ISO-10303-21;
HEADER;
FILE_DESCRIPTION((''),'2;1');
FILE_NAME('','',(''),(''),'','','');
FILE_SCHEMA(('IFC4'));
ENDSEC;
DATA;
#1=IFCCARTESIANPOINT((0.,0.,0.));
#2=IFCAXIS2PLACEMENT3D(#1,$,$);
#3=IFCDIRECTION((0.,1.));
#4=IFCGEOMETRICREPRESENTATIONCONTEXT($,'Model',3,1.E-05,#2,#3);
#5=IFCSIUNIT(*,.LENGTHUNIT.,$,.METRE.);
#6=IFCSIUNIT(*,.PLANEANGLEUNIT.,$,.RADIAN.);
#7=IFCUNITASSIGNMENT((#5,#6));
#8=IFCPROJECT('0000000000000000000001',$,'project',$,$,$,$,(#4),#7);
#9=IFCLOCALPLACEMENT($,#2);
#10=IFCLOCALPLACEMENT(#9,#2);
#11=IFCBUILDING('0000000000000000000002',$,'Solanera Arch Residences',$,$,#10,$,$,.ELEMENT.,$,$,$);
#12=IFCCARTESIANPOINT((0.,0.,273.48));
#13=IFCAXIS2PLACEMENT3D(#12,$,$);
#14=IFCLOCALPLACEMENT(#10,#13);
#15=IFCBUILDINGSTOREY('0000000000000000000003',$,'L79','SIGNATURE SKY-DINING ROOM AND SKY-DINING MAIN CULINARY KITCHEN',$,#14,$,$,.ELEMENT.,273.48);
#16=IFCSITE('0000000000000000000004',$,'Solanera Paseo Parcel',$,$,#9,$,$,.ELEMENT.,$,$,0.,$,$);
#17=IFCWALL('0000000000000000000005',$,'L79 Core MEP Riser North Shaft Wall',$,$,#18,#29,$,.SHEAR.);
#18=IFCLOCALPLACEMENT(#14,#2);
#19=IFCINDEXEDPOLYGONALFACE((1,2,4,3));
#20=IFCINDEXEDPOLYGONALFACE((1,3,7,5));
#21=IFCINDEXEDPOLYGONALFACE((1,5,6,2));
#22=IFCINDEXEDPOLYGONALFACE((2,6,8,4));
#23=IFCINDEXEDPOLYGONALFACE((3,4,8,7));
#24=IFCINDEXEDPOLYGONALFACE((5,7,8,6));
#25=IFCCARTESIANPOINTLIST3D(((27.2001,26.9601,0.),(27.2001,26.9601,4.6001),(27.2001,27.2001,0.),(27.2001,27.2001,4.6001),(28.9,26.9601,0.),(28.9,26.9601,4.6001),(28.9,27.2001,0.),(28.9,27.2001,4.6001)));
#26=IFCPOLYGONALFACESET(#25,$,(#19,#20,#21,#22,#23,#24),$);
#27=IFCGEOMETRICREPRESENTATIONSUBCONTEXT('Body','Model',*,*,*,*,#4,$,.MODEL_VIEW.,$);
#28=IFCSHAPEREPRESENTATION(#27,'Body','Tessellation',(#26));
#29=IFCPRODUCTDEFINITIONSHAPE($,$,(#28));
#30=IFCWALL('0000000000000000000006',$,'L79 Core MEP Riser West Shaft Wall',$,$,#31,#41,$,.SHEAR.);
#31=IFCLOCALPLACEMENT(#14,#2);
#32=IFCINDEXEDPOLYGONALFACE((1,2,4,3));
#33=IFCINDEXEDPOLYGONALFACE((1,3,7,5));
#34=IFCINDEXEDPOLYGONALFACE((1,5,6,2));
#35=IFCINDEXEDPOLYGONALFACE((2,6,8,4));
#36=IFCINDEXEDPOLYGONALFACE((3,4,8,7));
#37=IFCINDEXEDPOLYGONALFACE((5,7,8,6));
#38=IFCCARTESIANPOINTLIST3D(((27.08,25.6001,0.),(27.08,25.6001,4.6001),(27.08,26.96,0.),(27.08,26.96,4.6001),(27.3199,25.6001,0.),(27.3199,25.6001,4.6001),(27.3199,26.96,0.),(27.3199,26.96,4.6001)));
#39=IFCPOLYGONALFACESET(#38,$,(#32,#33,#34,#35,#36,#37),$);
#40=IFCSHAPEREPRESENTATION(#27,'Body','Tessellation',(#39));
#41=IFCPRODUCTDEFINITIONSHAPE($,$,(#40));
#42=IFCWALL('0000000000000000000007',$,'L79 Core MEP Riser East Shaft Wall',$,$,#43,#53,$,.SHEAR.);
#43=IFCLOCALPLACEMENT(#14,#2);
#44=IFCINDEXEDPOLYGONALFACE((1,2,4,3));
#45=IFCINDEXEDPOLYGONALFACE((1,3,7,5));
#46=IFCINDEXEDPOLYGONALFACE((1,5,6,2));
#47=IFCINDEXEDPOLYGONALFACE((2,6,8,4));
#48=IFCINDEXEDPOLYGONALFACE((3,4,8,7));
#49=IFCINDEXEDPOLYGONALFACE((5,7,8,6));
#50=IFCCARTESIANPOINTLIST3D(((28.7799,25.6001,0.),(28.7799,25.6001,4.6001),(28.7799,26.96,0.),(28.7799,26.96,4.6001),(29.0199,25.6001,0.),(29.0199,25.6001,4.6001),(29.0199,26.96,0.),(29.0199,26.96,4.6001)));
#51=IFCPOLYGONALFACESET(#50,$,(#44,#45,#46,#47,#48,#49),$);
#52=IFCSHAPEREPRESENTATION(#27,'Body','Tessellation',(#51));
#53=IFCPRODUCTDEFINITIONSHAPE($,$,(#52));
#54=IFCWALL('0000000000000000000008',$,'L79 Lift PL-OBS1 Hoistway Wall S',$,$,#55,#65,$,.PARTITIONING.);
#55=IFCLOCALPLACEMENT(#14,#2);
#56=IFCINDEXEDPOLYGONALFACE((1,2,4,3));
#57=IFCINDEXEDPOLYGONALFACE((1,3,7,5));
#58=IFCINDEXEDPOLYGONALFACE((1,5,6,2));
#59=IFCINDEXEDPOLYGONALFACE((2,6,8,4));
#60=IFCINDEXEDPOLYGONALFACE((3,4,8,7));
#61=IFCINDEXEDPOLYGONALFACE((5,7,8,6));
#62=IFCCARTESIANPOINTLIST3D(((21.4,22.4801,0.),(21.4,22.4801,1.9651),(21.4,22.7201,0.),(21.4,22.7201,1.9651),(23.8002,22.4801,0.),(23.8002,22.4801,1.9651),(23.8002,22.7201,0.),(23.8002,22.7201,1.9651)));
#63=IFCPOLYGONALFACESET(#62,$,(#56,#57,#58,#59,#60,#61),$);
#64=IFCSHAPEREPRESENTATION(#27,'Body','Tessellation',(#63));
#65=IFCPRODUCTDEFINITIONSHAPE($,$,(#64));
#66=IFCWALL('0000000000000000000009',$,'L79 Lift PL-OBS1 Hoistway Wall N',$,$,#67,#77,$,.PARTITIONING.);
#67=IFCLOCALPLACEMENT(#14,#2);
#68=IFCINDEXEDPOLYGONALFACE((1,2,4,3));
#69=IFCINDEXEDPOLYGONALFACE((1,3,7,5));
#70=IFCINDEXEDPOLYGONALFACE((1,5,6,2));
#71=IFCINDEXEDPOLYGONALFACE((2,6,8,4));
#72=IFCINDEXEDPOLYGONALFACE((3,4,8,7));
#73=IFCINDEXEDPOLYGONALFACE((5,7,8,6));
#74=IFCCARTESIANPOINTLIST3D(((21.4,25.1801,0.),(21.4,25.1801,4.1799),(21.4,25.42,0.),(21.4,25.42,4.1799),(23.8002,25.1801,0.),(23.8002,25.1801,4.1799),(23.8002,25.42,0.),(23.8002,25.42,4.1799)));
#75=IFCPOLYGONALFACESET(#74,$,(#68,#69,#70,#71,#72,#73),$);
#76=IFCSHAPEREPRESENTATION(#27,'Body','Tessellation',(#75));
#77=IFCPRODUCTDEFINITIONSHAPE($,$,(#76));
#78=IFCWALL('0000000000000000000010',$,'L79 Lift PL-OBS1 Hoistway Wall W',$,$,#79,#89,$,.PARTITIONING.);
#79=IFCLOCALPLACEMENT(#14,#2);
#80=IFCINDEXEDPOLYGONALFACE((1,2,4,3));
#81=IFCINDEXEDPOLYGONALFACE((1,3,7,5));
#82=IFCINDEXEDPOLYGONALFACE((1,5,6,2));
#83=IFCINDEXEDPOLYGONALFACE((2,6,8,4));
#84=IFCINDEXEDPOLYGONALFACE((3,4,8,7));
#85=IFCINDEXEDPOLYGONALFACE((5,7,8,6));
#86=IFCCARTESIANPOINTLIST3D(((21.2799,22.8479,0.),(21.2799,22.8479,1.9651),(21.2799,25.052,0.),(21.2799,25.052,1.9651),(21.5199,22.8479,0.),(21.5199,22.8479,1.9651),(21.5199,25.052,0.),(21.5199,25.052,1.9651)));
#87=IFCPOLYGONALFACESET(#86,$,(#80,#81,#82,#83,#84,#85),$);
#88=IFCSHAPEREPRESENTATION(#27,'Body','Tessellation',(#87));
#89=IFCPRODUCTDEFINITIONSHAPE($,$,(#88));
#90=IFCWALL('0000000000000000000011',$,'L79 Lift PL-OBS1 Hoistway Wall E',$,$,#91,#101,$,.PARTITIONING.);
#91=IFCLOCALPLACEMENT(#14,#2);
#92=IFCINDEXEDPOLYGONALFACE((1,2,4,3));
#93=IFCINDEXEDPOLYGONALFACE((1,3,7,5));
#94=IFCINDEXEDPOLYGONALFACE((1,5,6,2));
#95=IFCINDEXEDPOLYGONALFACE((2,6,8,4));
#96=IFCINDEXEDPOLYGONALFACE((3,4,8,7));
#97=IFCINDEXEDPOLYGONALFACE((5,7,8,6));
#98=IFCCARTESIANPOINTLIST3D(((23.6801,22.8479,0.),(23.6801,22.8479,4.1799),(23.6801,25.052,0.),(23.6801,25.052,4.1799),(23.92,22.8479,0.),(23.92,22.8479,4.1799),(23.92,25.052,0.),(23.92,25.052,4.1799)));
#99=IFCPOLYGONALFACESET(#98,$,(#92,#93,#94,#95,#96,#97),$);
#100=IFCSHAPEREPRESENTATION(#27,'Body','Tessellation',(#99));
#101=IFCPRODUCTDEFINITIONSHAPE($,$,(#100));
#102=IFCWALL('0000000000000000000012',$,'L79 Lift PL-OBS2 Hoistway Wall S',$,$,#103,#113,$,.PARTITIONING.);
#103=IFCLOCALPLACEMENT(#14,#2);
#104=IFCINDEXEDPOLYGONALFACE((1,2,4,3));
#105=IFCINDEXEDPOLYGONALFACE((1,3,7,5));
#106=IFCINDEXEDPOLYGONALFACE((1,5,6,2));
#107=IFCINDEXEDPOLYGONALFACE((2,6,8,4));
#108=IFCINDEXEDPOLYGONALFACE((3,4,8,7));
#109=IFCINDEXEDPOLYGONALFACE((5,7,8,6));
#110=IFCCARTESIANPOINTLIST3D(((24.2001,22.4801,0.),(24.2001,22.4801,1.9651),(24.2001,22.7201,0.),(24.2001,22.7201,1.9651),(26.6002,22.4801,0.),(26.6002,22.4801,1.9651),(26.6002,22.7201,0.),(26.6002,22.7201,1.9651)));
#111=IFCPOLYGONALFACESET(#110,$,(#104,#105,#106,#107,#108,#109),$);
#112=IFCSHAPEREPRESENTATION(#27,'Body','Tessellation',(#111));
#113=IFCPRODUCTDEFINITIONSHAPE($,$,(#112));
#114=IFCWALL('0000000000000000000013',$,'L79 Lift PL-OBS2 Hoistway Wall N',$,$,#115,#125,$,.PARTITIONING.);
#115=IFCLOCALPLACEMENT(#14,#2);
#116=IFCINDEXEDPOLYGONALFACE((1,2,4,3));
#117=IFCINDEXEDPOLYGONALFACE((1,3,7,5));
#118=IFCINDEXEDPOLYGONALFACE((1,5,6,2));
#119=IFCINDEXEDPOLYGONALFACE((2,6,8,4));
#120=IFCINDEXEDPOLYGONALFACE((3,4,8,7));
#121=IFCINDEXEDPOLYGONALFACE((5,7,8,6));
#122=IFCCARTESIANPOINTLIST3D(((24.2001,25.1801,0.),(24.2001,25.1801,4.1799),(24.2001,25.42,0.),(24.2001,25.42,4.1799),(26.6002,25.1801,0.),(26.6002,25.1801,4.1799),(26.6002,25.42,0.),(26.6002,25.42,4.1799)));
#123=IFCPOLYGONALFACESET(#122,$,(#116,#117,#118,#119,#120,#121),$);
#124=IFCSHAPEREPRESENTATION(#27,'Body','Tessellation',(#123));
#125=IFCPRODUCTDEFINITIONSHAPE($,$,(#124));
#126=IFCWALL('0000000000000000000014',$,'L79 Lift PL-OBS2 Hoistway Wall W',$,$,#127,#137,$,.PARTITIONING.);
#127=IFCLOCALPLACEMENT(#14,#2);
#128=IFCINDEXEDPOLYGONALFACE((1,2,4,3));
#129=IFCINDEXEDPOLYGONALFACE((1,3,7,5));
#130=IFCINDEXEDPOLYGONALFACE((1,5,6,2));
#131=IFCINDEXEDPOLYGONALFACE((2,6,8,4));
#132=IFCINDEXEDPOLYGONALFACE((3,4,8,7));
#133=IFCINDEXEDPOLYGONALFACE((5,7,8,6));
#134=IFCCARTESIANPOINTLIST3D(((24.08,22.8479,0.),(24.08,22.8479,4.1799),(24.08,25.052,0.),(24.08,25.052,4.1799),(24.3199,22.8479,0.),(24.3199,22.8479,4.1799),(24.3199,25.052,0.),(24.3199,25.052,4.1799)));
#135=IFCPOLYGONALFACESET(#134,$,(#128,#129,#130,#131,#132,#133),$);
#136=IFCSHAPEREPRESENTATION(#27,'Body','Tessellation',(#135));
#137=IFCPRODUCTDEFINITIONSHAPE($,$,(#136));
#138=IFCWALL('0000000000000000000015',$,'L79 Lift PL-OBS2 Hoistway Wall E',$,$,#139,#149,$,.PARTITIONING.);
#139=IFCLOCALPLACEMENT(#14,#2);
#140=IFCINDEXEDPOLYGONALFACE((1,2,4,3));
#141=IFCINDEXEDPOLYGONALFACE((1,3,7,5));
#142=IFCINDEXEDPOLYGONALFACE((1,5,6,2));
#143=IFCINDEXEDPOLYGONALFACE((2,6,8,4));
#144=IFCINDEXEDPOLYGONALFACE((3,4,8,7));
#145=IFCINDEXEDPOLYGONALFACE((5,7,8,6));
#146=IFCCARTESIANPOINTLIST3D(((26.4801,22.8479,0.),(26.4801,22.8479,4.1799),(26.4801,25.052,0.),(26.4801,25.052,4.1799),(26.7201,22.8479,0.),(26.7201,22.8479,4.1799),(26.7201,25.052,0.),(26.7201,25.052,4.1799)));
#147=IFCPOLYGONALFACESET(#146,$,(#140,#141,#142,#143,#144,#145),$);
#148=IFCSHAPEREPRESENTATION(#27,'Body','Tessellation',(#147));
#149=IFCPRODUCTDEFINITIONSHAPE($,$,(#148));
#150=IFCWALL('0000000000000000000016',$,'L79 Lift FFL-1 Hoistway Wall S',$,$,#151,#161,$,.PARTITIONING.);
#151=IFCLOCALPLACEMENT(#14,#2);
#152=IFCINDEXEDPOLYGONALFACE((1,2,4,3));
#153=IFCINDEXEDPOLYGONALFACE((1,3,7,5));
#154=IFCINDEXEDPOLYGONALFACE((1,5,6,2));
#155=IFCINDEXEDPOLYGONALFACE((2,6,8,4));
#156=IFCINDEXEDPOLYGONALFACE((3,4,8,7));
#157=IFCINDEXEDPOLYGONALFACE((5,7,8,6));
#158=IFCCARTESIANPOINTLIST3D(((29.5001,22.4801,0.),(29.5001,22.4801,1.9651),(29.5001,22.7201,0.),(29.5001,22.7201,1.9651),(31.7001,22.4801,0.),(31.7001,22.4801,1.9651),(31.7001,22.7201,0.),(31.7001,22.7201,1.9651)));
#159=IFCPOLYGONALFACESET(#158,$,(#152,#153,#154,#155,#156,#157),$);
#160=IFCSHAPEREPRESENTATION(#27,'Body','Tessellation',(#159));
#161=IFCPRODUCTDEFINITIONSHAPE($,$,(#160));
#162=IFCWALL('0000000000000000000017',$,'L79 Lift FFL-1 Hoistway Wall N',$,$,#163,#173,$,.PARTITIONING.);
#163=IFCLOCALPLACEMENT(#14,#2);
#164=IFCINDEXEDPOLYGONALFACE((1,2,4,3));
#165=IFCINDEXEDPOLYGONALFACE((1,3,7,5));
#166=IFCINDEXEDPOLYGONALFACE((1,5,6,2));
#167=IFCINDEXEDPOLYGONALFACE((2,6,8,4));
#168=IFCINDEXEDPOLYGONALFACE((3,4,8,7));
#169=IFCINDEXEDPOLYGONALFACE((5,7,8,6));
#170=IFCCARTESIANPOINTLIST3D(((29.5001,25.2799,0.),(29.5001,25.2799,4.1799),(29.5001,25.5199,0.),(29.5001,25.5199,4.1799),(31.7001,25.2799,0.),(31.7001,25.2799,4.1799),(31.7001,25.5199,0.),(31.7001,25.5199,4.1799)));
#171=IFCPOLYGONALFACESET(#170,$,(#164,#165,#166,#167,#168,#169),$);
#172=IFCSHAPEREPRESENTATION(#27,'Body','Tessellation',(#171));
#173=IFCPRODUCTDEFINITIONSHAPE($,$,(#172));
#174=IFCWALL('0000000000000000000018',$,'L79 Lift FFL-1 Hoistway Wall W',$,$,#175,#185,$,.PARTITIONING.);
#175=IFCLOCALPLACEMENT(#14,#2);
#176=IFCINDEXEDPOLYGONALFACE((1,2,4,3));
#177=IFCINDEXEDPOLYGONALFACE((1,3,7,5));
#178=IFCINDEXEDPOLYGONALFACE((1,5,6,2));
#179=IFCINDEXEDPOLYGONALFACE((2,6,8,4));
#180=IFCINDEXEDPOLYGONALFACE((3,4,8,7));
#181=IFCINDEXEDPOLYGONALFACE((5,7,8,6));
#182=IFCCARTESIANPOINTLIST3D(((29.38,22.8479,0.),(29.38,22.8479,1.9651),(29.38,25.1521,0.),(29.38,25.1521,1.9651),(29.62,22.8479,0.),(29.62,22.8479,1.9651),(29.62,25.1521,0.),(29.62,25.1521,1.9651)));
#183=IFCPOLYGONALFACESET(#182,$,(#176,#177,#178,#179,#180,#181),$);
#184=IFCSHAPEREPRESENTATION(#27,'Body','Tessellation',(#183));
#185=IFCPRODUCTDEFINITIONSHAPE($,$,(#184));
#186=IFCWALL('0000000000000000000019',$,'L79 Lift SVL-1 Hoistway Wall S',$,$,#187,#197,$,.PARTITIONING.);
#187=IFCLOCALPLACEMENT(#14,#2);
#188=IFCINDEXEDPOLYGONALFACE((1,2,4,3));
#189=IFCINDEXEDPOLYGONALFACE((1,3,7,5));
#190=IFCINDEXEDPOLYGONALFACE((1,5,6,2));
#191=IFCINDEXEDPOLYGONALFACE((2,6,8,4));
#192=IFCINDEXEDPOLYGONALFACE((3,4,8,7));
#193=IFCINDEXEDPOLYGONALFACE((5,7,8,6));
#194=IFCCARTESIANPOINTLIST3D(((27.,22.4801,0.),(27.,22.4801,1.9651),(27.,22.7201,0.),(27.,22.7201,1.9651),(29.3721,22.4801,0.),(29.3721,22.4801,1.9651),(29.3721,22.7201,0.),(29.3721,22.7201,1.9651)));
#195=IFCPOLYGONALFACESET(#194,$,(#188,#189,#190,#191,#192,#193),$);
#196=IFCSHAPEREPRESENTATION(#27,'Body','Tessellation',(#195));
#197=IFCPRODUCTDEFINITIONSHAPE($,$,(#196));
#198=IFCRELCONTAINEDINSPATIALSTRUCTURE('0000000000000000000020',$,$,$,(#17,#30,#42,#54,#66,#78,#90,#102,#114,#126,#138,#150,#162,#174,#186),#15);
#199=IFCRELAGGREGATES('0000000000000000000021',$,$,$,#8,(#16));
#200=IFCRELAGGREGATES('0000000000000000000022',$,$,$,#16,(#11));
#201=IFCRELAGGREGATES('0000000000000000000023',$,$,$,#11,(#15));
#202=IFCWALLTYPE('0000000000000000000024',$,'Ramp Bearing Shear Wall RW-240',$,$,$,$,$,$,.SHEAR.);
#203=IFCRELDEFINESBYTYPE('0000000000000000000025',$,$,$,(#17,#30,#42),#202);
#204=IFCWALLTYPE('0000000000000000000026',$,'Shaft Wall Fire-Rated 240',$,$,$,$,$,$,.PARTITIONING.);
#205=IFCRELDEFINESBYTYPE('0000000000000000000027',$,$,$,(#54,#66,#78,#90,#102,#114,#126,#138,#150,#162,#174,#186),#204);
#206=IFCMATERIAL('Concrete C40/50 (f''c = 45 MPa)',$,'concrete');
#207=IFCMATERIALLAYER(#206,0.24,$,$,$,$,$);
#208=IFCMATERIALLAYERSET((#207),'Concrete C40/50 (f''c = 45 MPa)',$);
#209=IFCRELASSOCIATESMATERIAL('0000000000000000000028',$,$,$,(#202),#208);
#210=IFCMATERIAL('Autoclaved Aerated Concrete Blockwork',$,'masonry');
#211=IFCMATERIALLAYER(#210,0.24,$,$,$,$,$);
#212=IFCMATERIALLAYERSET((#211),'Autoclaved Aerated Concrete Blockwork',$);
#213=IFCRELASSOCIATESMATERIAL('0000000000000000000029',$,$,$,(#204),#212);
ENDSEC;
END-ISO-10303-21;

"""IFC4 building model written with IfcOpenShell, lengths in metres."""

from ifc_helpers import new_model, si_unit, direction, frame, frame_2d, origin, place, context, subcontext, project, spatial, rectangle, extrude, material, layer, layer_set, type_object, element, save


model = new_model("IFC4")

# Units and contexts
model_context = context("Model", 3, precision=1e-05, world=origin(), true_north=direction((0.0, 1.0)))
body_context = subcontext(model_context, "Body", "Model", "MODEL_VIEW")
ifc_project = project(units=[si_unit("LENGTHUNIT", "METRE"), si_unit("PLANEANGLEUNIT", "RADIAN")], contexts=[model_context])

# Site, building, storey
site_placement = place(None, origin())
site = spatial("IfcSite", under=ifc_project, at=site_placement, Name="Solanera Paseo Parcel", CompositionType="ELEMENT", RefElevation=0.0)
building_placement = place(site_placement, origin())
building = spatial("IfcBuilding", under=site, at=building_placement, Name="Solanera Arch Residences", CompositionType="ELEMENT")
storey_placement = place(building_placement, frame((0.0, 0.0, 273.48)))
storey = spatial("IfcBuildingStorey", under=building, at=storey_placement, Name="L79", Description="SIGNATURE SKY-DINING ROOM AND SKY-DINING MAIN CULINARY KITCHEN", CompositionType="ELEMENT", Elevation=273.48)

# Walls
ifc_material_1 = material(Name="Concrete C40/50 (f'c = 45 MPa)", Category="concrete")
ifc_layer_1 = layer(ifc_material_1, 0.24)
ifc_layer_set_1 = layer_set([ifc_layer_1], Name="Concrete C40/50 (f'c = 45 MPa)")
wall_type_1 = type_object("IfcWallType", Name="Ramp Bearing Shear Wall RW-240", PredefinedType="SHEAR", material=ifc_layer_set_1)
for number, where, z_axis, x_axis, name in (
    (1, (27.2, 27.0801, 0.0), (0.0, 0.0, 1.0), (1.0, 0.0, 0.0), "L79 Core MEP Riser North Shaft Wall"),
):
    element("IfcWall", number, at=place(storey_placement, frame(where, z_axis=z_axis, x_axis=x_axis)), inside=storey, type_object=wall_type_1, Name=name, PredefinedType="SHEAR", context=body_context, shape_type="SweptSolid", body=[
        extrude(rectangle(XDim=1.7, YDim=0.24, at=frame_2d((0.8501, 0.0))), origin(), (0.0, 0.0, 1.0), 4.6001),
    ])
for number, where, z_axis, x_axis, name in (
    (2, (27.2, 25.6001, 0.0), (0.0, 0.0, 1.0), (0.0, 1.0, 0.0), "L79 Core MEP Riser West Shaft Wall"),
    (3, (28.8999, 25.6001, 0.0), (0.0, 0.0, 1.0), (0.0, 1.0, 0.0), "L79 Core MEP Riser East Shaft Wall"),
):
    element("IfcWall", number, at=place(storey_placement, frame(where, z_axis=z_axis, x_axis=x_axis)), inside=storey, type_object=wall_type_1, Name=name, PredefinedType="SHEAR", context=body_context, shape_type="SweptSolid", body=[
        extrude(rectangle(XDim=1.3599, YDim=0.24, at=frame_2d((0.6799, 0.0))), origin(), (0.0, 0.0, 1.0), 4.6001),
    ])
ifc_material_2 = material(Name="Autoclaved Aerated Concrete Blockwork", Category="masonry")
ifc_layer_2 = layer(ifc_material_2, 0.24)
ifc_layer_set_2 = layer_set([ifc_layer_2], Name="Autoclaved Aerated Concrete Blockwork")
wall_type_2 = type_object("IfcWallType", Name="Shaft Wall Fire-Rated 240", PredefinedType="PARTITIONING", material=ifc_layer_set_2)
wall_1_placement = place(storey_placement, frame((21.3999, 22.6001, 0.0), z_axis=(0.0, 0.0, 1.0), x_axis=(1.0, 0.0, 0.0)))
element("IfcWall", 4, at=wall_1_placement, inside=storey, type_object=wall_type_2, Name="L79 Lift PL-OBS1 Hoistway Wall S", PredefinedType="PARTITIONING", context=body_context, shape_type="SweptSolid", body=[
    extrude(rectangle(XDim=2.4001, YDim=0.24, at=frame_2d((1.2002, 0.0))), origin(), (0.0, 0.0, 1.0), 1.9651),
])
wall_2_placement = place(storey_placement, frame((21.3999, 25.3, 0.0), z_axis=(0.0, 0.0, 1.0), x_axis=(1.0, 0.0, 0.0)))
element("IfcWall", 5, at=wall_2_placement, inside=storey, type_object=wall_type_2, Name="L79 Lift PL-OBS1 Hoistway Wall N", PredefinedType="PARTITIONING", context=body_context, shape_type="SweptSolid", body=[
    extrude(rectangle(XDim=2.4001, YDim=0.24, at=frame_2d((1.2002, 0.0))), origin(), (0.0, 0.0, 1.0), 4.1799),
])
wall_3_placement = place(storey_placement, frame((21.3999, 22.8479, 0.0), z_axis=(0.0, 0.0, 1.0), x_axis=(0.0, 1.0, 0.0)))
element("IfcWall", 6, at=wall_3_placement, inside=storey, type_object=wall_type_2, Name="L79 Lift PL-OBS1 Hoistway Wall W", PredefinedType="PARTITIONING", context=body_context, shape_type="SweptSolid", body=[
    extrude(rectangle(XDim=2.2041, YDim=0.24, at=frame_2d((1.1021, 0.0))), origin(), (0.0, 0.0, 1.0), 1.9651),
])
wall_4_placement = place(storey_placement, frame((23.8, 22.8479, 0.0), z_axis=(0.0, 0.0, 1.0), x_axis=(0.0, 1.0, 0.0)))
element("IfcWall", 7, at=wall_4_placement, inside=storey, type_object=wall_type_2, Name="L79 Lift PL-OBS1 Hoistway Wall E", PredefinedType="PARTITIONING", context=body_context, shape_type="SweptSolid", body=[
    extrude(rectangle(XDim=2.2041, YDim=0.24, at=frame_2d((1.1021, 0.0))), origin(), (0.0, 0.0, 1.0), 4.1799),
])
wall_5_placement = place(storey_placement, frame((24.2, 22.6001, 0.0), z_axis=(0.0, 0.0, 1.0), x_axis=(1.0, 0.0, 0.0)))
element("IfcWall", 8, at=wall_5_placement, inside=storey, type_object=wall_type_2, Name="L79 Lift PL-OBS2 Hoistway Wall S", PredefinedType="PARTITIONING", context=body_context, shape_type="SweptSolid", body=[
    extrude(rectangle(XDim=2.4001, YDim=0.24, at=frame_2d((1.2002, 0.0))), origin(), (0.0, 0.0, 1.0), 1.9651),
])
wall_6_placement = place(storey_placement, frame((24.2, 25.3, 0.0), z_axis=(0.0, 0.0, 1.0), x_axis=(1.0, 0.0, 0.0)))
element("IfcWall", 9, at=wall_6_placement, inside=storey, type_object=wall_type_2, Name="L79 Lift PL-OBS2 Hoistway Wall N", PredefinedType="PARTITIONING", context=body_context, shape_type="SweptSolid", body=[
    extrude(rectangle(XDim=2.4001, YDim=0.24, at=frame_2d((1.2002, 0.0))), origin(), (0.0, 0.0, 1.0), 4.1799),
])
for number, where, z_axis, x_axis, name in (
    (10, (24.2, 22.8479, 0.0), (0.0, 0.0, 1.0), (0.0, 1.0, 0.0), "L79 Lift PL-OBS2 Hoistway Wall W"),
    (11, (26.6001, 22.8479, 0.0), (0.0, 0.0, 1.0), (0.0, 1.0, 0.0), "L79 Lift PL-OBS2 Hoistway Wall E"),
):
    element("IfcWall", number, at=place(storey_placement, frame(where, z_axis=z_axis, x_axis=x_axis)), inside=storey, type_object=wall_type_2, Name=name, PredefinedType="PARTITIONING", context=body_context, shape_type="SweptSolid", body=[
        extrude(rectangle(XDim=2.2041, YDim=0.24, at=frame_2d((1.1021, 0.0))), origin(), (0.0, 0.0, 1.0), 4.1799),
    ])
wall_7_placement = place(storey_placement, frame((29.5, 22.6001, 0.0), z_axis=(0.0, 0.0, 1.0), x_axis=(1.0, 0.0, 0.0)))
element("IfcWall", 12, at=wall_7_placement, inside=storey, type_object=wall_type_2, Name="L79 Lift FFL-1 Hoistway Wall S", PredefinedType="PARTITIONING", context=body_context, shape_type="SweptSolid", body=[
    extrude(rectangle(XDim=2.2, YDim=0.24, at=frame_2d((1.1001, 0.0))), origin(), (0.0, 0.0, 1.0), 1.9651),
])
wall_8_placement = place(storey_placement, frame((29.5, 25.3999, 0.0), z_axis=(0.0, 0.0, 1.0), x_axis=(1.0, 0.0, 0.0)))
element("IfcWall", 13, at=wall_8_placement, inside=storey, type_object=wall_type_2, Name="L79 Lift FFL-1 Hoistway Wall N", PredefinedType="PARTITIONING", context=body_context, shape_type="SweptSolid", body=[
    extrude(rectangle(XDim=2.2, YDim=0.24, at=frame_2d((1.1001, 0.0))), origin(), (0.0, 0.0, 1.0), 4.1799),
])
wall_9_placement = place(storey_placement, frame((29.5, 22.8479, 0.0), z_axis=(0.0, 0.0, 1.0), x_axis=(0.0, 1.0, 0.0)))
element("IfcWall", 14, at=wall_9_placement, inside=storey, type_object=wall_type_2, Name="L79 Lift FFL-1 Hoistway Wall W", PredefinedType="PARTITIONING", context=body_context, shape_type="SweptSolid", body=[
    extrude(rectangle(XDim=2.3042, YDim=0.24, at=frame_2d((1.1521, 0.0))), origin(), (0.0, 0.0, 1.0), 1.9651),
])
wall_10_placement = place(storey_placement, frame((27.0, 22.6001, 0.0), z_axis=(0.0, 0.0, 1.0), x_axis=(1.0, 0.0, 0.0)))
element("IfcWall", 15, at=wall_10_placement, inside=storey, type_object=wall_type_2, Name="L79 Lift SVL-1 Hoistway Wall S", PredefinedType="PARTITIONING", context=body_context, shape_type="SweptSolid", body=[
    extrude(rectangle(XDim=2.3721, YDim=0.24, at=frame_2d((1.186, 0.0))), origin(), (0.0, 0.0, 1.0), 1.9651),
])

save(model, "model.ifc")
